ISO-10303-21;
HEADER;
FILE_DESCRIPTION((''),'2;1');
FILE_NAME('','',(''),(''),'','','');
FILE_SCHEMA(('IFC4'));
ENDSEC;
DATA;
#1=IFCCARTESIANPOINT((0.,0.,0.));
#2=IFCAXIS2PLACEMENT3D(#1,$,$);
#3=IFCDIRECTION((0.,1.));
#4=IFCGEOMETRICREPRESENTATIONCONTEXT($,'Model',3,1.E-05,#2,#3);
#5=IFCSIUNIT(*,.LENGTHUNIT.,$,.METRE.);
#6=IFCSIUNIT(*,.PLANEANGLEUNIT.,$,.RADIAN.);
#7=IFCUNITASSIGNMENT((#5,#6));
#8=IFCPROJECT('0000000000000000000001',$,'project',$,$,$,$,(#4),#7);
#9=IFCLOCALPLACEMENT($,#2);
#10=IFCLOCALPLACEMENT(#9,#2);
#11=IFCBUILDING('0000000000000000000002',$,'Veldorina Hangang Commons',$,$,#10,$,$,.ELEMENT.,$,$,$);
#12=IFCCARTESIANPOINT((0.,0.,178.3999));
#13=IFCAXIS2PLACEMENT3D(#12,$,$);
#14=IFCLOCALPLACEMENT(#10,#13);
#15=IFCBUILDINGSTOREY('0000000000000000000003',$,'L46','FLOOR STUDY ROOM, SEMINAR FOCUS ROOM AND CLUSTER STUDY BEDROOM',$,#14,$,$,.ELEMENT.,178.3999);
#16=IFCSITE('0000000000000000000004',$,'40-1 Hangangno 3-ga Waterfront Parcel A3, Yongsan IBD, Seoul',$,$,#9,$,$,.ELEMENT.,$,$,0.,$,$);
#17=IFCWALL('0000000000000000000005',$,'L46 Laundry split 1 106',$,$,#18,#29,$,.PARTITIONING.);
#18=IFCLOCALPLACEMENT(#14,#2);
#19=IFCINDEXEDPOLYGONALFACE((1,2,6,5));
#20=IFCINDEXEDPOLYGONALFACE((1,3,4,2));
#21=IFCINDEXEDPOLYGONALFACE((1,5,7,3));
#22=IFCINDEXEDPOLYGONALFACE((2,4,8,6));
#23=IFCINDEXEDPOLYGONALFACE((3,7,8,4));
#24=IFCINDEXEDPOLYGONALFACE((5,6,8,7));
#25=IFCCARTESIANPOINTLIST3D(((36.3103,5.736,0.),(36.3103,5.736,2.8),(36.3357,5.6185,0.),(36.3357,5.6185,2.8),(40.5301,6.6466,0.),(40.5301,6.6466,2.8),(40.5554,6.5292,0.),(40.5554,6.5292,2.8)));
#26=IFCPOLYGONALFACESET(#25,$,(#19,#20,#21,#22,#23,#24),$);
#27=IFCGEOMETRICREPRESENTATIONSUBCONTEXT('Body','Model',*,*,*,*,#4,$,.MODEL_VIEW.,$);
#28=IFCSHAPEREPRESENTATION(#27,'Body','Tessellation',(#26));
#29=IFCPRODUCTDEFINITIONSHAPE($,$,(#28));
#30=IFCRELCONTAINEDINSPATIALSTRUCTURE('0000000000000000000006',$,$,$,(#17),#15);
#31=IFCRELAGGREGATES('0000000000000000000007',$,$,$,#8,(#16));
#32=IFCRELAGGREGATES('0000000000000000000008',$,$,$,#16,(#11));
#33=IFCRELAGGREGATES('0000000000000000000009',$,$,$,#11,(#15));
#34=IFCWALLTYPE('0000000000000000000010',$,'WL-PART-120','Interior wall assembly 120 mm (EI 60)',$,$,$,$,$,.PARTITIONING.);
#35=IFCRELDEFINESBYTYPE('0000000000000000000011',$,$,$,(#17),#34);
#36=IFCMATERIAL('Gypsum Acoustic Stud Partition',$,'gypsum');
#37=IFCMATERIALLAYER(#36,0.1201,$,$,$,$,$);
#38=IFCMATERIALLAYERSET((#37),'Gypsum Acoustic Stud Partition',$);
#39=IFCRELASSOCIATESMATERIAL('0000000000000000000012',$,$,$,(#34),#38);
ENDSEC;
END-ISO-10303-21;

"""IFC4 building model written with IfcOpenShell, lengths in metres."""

from ifc_helpers import new_model, si_unit, direction, frame, frame_2d, origin, place, context, subcontext, project, spatial, rectangle, extrude, material, layer, layer_set, type_object, element, save


model = new_model("IFC4")

# Units and contexts
model_context = context("Model", 3, precision=1e-05, world=origin(), true_north=direction((0.0, 1.0)))
body_context = subcontext(model_context, "Body", "Model", "MODEL_VIEW")
ifc_project = project(units=[si_unit("LENGTHUNIT", "METRE"), si_unit("PLANEANGLEUNIT", "RADIAN")], contexts=[model_context])

# Site, building, storey
site_placement = place(None, origin())
site = spatial("IfcSite", under=ifc_project, at=site_placement, Name="40-1 Hangangno 3-ga Waterfront Parcel A3, Yongsan IBD, Seoul", CompositionType="ELEMENT", RefElevation=0.0)
building_placement = place(site_placement, origin())
building = spatial("IfcBuilding", under=site, at=building_placement, Name="Veldorina Hangang Commons", CompositionType="ELEMENT")
storey_placement = place(building_placement, frame((0.0, 0.0, 178.3999)))
storey = spatial("IfcBuildingStorey", under=building, at=storey_placement, Name="L46", Description="FLOOR STUDY ROOM, SEMINAR FOCUS ROOM AND CLUSTER STUDY BEDROOM", CompositionType="ELEMENT", Elevation=178.3999)

# Shared definitions
ifc_material_1 = material(Name="Gypsum Acoustic Stud Partition", Category="gypsum")
ifc_layer_1 = layer(ifc_material_1, 0.1201)
ifc_layer_set_1 = layer_set([ifc_layer_1], Name="Gypsum Acoustic Stud Partition")
wall_type_1 = type_object("IfcWallType", Name="WL-PART-120", Description="Interior wall assembly 120 mm (EI 60)", PredefinedType="PARTITIONING", material=ifc_layer_set_1)

# Wall
wall_1_placement = place(storey_placement, frame((36.323, 5.6772, 0.0), z_axis=(0.0, 0.0, 1.0), x_axis=(0.977497, 0.21095, 0.0)))
element("IfcWall", 1, at=wall_1_placement, inside=storey, type_object=wall_type_1, Name="L46 Laundry split 1 106", PredefinedType="PARTITIONING", context=body_context, shape_type="SweptSolid", body=[
    extrude(rectangle(XDim=4.3169, YDim=0.1201, at=frame_2d((2.1584, 0.0))), origin(), (0.0, 0.0, 1.0), 2.8),
])

save(model, "model.ifc")
